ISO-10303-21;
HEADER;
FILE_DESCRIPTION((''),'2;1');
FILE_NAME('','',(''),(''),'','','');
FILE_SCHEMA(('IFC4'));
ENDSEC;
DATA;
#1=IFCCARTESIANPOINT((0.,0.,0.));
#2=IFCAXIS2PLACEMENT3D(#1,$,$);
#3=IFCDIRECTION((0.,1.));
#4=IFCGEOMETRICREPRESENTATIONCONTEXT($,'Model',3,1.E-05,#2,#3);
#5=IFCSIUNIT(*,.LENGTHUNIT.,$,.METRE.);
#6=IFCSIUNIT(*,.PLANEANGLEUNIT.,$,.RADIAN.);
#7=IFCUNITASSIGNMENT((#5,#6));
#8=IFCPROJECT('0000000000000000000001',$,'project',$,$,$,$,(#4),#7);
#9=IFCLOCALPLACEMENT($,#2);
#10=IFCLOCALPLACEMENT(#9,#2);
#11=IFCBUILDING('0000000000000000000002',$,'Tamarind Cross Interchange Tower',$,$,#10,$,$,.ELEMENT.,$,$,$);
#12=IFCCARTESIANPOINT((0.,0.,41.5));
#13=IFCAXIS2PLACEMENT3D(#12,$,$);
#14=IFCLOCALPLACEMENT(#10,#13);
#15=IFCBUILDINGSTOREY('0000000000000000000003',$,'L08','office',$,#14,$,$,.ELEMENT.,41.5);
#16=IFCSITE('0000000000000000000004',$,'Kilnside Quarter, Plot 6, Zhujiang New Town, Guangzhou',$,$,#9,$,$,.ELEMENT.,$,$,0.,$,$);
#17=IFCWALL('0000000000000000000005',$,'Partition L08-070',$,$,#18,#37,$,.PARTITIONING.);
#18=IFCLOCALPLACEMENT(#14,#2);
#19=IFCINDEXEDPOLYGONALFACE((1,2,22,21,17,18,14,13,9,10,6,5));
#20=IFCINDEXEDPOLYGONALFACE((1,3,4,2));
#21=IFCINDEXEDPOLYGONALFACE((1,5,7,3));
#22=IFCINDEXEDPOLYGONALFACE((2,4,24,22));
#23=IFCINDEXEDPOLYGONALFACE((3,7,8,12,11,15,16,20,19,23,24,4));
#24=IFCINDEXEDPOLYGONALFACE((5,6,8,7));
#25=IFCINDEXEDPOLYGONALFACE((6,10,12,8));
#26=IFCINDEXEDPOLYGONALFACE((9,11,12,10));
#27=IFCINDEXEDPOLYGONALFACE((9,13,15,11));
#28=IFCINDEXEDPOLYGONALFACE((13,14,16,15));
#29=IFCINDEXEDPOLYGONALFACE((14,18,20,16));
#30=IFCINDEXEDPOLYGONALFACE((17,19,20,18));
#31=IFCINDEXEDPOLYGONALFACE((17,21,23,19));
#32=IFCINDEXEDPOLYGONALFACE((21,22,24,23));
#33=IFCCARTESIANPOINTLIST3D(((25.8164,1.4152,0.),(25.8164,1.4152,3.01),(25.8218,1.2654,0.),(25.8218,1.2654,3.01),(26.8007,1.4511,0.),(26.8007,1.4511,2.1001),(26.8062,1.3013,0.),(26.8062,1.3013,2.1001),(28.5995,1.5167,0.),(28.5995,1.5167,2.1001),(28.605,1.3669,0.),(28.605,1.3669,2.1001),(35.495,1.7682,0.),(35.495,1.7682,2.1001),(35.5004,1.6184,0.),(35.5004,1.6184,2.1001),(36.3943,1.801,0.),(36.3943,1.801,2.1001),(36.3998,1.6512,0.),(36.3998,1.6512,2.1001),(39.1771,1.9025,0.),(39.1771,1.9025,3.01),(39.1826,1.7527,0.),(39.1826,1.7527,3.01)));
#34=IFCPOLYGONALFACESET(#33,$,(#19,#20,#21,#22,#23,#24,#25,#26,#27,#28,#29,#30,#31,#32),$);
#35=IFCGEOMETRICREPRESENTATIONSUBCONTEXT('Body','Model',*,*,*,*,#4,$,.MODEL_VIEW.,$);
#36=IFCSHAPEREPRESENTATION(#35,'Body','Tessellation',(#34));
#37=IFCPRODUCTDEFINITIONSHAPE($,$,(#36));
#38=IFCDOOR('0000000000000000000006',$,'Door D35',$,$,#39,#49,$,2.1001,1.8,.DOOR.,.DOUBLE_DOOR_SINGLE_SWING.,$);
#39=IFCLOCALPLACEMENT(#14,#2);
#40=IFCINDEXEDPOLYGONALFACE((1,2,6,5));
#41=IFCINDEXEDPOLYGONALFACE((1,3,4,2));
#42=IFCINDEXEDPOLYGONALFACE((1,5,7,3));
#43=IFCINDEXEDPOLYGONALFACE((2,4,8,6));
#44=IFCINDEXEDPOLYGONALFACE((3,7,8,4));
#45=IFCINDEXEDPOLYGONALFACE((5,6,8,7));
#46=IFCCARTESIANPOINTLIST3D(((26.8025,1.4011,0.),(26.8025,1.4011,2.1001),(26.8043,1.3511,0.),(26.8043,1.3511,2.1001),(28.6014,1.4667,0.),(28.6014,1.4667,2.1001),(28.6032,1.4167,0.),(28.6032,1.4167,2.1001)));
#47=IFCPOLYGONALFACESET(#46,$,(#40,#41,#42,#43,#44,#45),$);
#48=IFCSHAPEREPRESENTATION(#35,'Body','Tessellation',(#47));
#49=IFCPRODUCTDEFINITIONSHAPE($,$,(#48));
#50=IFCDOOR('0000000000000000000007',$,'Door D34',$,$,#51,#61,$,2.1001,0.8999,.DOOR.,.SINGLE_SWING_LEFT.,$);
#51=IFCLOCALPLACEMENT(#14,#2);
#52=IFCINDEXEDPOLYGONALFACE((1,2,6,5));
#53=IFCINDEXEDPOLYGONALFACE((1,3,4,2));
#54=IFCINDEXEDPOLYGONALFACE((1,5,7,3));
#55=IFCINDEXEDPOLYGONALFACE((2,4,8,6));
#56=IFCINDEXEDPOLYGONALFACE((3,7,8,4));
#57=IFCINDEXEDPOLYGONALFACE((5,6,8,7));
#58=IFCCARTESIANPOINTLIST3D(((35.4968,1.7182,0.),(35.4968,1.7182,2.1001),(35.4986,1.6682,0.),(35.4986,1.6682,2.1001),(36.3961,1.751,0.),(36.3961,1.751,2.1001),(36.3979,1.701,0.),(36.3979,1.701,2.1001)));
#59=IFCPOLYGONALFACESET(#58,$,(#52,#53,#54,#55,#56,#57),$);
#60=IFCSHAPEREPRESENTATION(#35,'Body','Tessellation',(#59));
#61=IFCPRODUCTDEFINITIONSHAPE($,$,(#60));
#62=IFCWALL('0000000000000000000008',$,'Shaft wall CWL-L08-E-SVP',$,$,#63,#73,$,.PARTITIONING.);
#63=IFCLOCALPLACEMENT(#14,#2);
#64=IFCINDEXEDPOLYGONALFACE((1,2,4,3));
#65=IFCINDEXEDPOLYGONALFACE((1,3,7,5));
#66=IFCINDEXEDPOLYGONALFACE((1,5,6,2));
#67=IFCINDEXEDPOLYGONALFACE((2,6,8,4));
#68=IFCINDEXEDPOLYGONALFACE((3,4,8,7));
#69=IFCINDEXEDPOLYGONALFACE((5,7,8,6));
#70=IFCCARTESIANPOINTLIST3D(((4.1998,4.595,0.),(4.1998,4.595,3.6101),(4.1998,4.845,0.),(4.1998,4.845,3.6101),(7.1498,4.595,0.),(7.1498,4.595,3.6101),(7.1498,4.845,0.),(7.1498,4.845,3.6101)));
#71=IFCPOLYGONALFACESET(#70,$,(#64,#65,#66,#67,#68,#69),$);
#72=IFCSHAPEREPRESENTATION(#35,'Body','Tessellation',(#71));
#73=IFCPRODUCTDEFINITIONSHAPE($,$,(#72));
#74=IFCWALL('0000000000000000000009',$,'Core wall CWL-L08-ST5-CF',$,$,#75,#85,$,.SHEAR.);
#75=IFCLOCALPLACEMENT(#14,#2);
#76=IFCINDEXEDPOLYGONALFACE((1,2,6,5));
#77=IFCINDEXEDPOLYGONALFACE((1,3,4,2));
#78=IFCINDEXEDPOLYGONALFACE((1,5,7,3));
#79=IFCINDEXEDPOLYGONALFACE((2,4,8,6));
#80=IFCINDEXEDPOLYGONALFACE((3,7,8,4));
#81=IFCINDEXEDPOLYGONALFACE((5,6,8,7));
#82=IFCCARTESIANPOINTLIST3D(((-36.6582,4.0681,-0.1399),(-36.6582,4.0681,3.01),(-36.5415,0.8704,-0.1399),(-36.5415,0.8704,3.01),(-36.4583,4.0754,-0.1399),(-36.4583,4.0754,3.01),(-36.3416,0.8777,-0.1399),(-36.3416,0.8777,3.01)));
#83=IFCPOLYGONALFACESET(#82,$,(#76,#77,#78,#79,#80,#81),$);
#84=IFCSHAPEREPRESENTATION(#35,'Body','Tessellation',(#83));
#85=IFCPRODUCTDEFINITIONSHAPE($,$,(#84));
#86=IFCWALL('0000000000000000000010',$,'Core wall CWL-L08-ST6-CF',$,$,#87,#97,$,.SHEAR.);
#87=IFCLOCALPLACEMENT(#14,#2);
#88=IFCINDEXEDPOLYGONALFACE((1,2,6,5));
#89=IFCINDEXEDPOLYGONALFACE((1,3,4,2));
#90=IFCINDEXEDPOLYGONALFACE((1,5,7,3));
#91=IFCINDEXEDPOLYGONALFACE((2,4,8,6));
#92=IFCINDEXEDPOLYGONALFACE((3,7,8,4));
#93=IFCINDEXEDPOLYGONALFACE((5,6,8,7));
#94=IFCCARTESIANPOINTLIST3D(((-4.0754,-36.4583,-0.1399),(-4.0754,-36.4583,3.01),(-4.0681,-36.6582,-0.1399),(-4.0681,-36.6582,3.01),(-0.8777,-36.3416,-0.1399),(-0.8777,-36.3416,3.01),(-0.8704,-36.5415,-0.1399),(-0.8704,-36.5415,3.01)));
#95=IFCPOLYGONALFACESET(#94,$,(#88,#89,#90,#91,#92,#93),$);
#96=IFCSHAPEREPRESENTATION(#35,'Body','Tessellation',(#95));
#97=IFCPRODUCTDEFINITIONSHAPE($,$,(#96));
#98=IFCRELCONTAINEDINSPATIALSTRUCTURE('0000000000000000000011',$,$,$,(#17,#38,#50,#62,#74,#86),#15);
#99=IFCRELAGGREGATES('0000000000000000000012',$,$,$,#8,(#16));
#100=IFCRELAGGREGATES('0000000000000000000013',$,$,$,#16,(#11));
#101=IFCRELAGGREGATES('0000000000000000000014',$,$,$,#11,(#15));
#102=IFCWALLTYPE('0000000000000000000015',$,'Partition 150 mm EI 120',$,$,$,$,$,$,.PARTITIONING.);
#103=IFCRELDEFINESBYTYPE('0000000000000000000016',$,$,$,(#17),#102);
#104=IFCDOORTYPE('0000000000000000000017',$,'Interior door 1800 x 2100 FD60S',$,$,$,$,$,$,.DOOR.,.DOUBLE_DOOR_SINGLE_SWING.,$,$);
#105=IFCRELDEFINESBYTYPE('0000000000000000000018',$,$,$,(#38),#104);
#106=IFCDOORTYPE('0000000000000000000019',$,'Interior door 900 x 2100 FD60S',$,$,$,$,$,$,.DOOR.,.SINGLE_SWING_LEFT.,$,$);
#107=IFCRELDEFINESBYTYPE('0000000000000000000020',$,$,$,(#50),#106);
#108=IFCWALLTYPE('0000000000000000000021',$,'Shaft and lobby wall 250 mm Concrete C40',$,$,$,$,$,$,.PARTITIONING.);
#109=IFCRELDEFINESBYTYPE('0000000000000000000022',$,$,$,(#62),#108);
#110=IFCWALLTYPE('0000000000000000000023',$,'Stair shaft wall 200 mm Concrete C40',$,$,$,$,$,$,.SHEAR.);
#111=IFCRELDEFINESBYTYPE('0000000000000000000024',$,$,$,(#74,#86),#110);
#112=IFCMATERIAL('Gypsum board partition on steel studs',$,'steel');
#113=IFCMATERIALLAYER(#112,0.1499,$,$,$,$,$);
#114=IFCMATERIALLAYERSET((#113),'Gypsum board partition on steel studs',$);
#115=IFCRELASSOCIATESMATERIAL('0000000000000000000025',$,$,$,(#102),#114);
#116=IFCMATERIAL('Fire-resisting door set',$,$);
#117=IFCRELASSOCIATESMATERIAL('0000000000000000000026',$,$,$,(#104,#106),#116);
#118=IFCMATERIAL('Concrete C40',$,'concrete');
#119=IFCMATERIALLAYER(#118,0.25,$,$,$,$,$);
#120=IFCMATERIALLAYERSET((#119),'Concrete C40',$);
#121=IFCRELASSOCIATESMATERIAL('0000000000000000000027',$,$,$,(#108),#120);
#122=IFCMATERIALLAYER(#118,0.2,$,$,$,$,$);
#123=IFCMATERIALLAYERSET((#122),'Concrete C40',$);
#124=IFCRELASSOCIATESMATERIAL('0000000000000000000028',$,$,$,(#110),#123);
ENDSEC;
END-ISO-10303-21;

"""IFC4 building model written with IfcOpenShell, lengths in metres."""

from ifc_helpers import new_model, si_unit, direction, frame, frame_2d, origin, place, context, subcontext, project, spatial, polyline, rectangle, outline, extrude, material, layer, layer_set, type_object, element, fill, save


model = new_model("IFC4")

# Units and contexts
model_context = context("Model", 3, precision=1e-05, world=origin(), true_north=direction((0.0, 1.0)))
body_context = subcontext(model_context, "Body", "Model", "MODEL_VIEW")
ifc_project = project(units=[si_unit("LENGTHUNIT", "METRE"), si_unit("PLANEANGLEUNIT", "RADIAN")], contexts=[model_context])

# Site, building, storey
site_placement = place(None, origin())
site = spatial("IfcSite", under=ifc_project, at=site_placement, Name="Kilnside Quarter, Plot 6, Zhujiang New Town, Guangzhou", CompositionType="ELEMENT", RefElevation=0.0)
building_placement = place(site_placement, origin())
building = spatial("IfcBuilding", under=site, at=building_placement, Name="Tamarind Cross Interchange Tower", CompositionType="ELEMENT")
storey_placement = place(building_placement, frame((0.0, 0.0, 41.5)))
storey = spatial("IfcBuildingStorey", under=building, at=storey_placement, Name="L08", Description="office", CompositionType="ELEMENT", Elevation=41.5)

# Shared definitions
ifc_material_1 = material(Name="Concrete C40", Category="concrete")

# Shared definitions
ifc_material_2 = material(Name="Gypsum board partition on steel studs", Category="steel")

# Shared definitions
ifc_layer_1 = layer(ifc_material_2, 0.1499)
ifc_layer_set_1 = layer_set([ifc_layer_1], Name="Gypsum board partition on steel studs")
wall_type_1 = type_object("IfcWallType", Name="Partition 150 mm EI 120", PredefinedType="PARTITIONING", material=ifc_layer_set_1)
ifc_material_3 = material(Name="Fire-resisting door set")
door_type_1 = type_object("IfcDoorType", Name="Interior door 1800 x 2100 FD60S", OperationType="DOUBLE_DOOR_SINGLE_SWING", PredefinedType="DOOR", material=ifc_material_3)

# Wall, openings, doors
wall_1_placement = place(storey_placement, frame((25.8191, 1.3403, 0.0), z_axis=(0.0, 0.0, 1.0), x_axis=(0.999336, 0.036448, 0.0)))
wall_1 = element("IfcWall", 1, at=wall_1_placement, inside=storey, type_object=wall_type_1, Name="Partition L08-070", PredefinedType="PARTITIONING", context=body_context, shape_type="SweptSolid", body=[
    extrude(rectangle(XDim=13.3696, YDim=0.1499, at=frame_2d((6.6848, 0.0))), origin(), (0.0, 0.0, 1.0), 3.01),
])
opening_1_placement = place(wall_1_placement, frame((9.6851, 0.0, 0.0)))
opening_1 = element("IfcOpeningElement", 2, at=opening_1_placement, cuts=wall_1, PredefinedType="OPENING", context=body_context, shape_type="SweptSolid", body=[
    extrude(rectangle(XDim=0.8999, YDim=2.1001, at=frame_2d((0.45, 1.05))), frame((0.0, 0.085, 0.0), z_axis=(0.0, -1.0, 0.0), x_axis=(1.0, 0.0, 0.0)), (0.0, 0.0, 1.0), 0.1699),
])
opening_2_placement = place(wall_1_placement, frame((0.9851, 0.0, 0.0)))
opening_2 = element("IfcOpeningElement", 3, at=opening_2_placement, cuts=wall_1, PredefinedType="OPENING", context=body_context, shape_type="SweptSolid", body=[
    extrude(rectangle(XDim=1.8, YDim=2.1001, at=frame_2d((0.8999, 1.05))), frame((0.0, 0.085, 0.0), z_axis=(0.0, -1.0, 0.0), x_axis=(1.0, 0.0, 0.0)), (0.0, 0.0, 1.0), 0.1699),
])
door_1_placement = place(opening_2_placement, origin())
door_1 = element("IfcDoor", 4, at=door_1_placement, inside=storey, type_object=door_type_1, Name="Door D35", OperationType="DOUBLE_DOOR_SINGLE_SWING", OverallHeight=2.1001, OverallWidth=1.8, PredefinedType="DOOR", context=body_context, shape_type="SweptSolid", body=[
    extrude(rectangle(XDim=1.8, YDim=2.1001, at=frame_2d((0.8999, 1.05))), frame((0.0, 0.0249, 0.0), z_axis=(0.0, -1.0, 0.0), x_axis=(1.0, 0.0, 0.0)), (0.0, 0.0, 1.0), 0.05),
])
fill(opening_2, door_1)
door_type_2 = type_object("IfcDoorType", Name="Interior door 900 x 2100 FD60S", OperationType="SINGLE_SWING_LEFT", PredefinedType="DOOR", material=ifc_material_3)
door_2_placement = place(opening_1_placement, origin())
door_2 = element("IfcDoor", 5, at=door_2_placement, inside=storey, type_object=door_type_2, Name="Door D34", OperationType="SINGLE_SWING_LEFT", OverallHeight=2.1001, OverallWidth=0.8999, PredefinedType="DOOR", context=body_context, shape_type="SweptSolid", body=[
    extrude(rectangle(XDim=0.8999, YDim=2.1001, at=frame_2d((0.45, 1.05))), frame((0.0, 0.0249, 0.0), z_axis=(0.0, -1.0, 0.0), x_axis=(1.0, 0.0, 0.0)), (0.0, 0.0, 1.0), 0.05),
])
fill(opening_1, door_2)

# Walls
ifc_layer_2 = layer(ifc_material_1, 0.25)
ifc_layer_set_2 = layer_set([ifc_layer_2], Name="Concrete C40")
wall_type_2 = type_object("IfcWallType", Name="Shaft and lobby wall 250 mm Concrete C40", PredefinedType="PARTITIONING", material=ifc_layer_set_2)
wall_2_placement = place(storey_placement, frame((7.1499, 4.72, 0.0), z_axis=(0.0, 0.0, 1.0), x_axis=(-1.0, 0.0, 0.0)))
element("IfcWall", 6, at=wall_2_placement, inside=storey, type_object=wall_type_2, Name="Shaft wall CWL-L08-E-SVP", PredefinedType="PARTITIONING", context=body_context, shape_type="SweptSolid", body=[
    extrude(rectangle(XDim=2.95, YDim=0.25, at=frame_2d((1.4751, 0.0))), origin(), (0.0, 0.0, 1.0), 3.6101),
])
ifc_layer_3 = layer(ifc_material_1, 0.2)
ifc_layer_set_3 = layer_set([ifc_layer_3], Name="Concrete C40")
wall_type_3 = type_object("IfcWallType", Name="Stair shaft wall 200 mm Concrete C40", PredefinedType="SHEAR", material=ifc_layer_set_3)
wall_3_placement = place(storey_placement, frame((0.0, 0.0, -0.1399)))
element("IfcWall", 7, at=wall_3_placement, inside=storey, type_object=wall_type_3, Name="Core wall CWL-L08-ST5-CF", PredefinedType="SHEAR", context=body_context, shape_type="SweptSolid", body=[
    extrude(outline(polyline([(-36.4583, 4.0754), (-36.6582, 4.0681), (-36.5415, 0.8704), (-36.3416, 0.8777), (-36.4583, 4.0754)])), origin(), (0.0, 0.0, 1.0), 3.1499),
])
wall_4_placement = place(storey_placement, frame((0.0, 0.0, -0.1399)))
element("IfcWall", 8, at=wall_4_placement, inside=storey, type_object=wall_type_3, Name="Core wall CWL-L08-ST6-CF", PredefinedType="SHEAR", context=body_context, shape_type="SweptSolid", body=[
    extrude(outline(polyline([(-4.0754, -36.4583), (-4.0681, -36.6582), (-0.8704, -36.5415), (-0.8777, -36.3416), (-4.0754, -36.4583)])), origin(), (0.0, 0.0, 1.0), 3.1499),
])

save(model, "model.ifc")
